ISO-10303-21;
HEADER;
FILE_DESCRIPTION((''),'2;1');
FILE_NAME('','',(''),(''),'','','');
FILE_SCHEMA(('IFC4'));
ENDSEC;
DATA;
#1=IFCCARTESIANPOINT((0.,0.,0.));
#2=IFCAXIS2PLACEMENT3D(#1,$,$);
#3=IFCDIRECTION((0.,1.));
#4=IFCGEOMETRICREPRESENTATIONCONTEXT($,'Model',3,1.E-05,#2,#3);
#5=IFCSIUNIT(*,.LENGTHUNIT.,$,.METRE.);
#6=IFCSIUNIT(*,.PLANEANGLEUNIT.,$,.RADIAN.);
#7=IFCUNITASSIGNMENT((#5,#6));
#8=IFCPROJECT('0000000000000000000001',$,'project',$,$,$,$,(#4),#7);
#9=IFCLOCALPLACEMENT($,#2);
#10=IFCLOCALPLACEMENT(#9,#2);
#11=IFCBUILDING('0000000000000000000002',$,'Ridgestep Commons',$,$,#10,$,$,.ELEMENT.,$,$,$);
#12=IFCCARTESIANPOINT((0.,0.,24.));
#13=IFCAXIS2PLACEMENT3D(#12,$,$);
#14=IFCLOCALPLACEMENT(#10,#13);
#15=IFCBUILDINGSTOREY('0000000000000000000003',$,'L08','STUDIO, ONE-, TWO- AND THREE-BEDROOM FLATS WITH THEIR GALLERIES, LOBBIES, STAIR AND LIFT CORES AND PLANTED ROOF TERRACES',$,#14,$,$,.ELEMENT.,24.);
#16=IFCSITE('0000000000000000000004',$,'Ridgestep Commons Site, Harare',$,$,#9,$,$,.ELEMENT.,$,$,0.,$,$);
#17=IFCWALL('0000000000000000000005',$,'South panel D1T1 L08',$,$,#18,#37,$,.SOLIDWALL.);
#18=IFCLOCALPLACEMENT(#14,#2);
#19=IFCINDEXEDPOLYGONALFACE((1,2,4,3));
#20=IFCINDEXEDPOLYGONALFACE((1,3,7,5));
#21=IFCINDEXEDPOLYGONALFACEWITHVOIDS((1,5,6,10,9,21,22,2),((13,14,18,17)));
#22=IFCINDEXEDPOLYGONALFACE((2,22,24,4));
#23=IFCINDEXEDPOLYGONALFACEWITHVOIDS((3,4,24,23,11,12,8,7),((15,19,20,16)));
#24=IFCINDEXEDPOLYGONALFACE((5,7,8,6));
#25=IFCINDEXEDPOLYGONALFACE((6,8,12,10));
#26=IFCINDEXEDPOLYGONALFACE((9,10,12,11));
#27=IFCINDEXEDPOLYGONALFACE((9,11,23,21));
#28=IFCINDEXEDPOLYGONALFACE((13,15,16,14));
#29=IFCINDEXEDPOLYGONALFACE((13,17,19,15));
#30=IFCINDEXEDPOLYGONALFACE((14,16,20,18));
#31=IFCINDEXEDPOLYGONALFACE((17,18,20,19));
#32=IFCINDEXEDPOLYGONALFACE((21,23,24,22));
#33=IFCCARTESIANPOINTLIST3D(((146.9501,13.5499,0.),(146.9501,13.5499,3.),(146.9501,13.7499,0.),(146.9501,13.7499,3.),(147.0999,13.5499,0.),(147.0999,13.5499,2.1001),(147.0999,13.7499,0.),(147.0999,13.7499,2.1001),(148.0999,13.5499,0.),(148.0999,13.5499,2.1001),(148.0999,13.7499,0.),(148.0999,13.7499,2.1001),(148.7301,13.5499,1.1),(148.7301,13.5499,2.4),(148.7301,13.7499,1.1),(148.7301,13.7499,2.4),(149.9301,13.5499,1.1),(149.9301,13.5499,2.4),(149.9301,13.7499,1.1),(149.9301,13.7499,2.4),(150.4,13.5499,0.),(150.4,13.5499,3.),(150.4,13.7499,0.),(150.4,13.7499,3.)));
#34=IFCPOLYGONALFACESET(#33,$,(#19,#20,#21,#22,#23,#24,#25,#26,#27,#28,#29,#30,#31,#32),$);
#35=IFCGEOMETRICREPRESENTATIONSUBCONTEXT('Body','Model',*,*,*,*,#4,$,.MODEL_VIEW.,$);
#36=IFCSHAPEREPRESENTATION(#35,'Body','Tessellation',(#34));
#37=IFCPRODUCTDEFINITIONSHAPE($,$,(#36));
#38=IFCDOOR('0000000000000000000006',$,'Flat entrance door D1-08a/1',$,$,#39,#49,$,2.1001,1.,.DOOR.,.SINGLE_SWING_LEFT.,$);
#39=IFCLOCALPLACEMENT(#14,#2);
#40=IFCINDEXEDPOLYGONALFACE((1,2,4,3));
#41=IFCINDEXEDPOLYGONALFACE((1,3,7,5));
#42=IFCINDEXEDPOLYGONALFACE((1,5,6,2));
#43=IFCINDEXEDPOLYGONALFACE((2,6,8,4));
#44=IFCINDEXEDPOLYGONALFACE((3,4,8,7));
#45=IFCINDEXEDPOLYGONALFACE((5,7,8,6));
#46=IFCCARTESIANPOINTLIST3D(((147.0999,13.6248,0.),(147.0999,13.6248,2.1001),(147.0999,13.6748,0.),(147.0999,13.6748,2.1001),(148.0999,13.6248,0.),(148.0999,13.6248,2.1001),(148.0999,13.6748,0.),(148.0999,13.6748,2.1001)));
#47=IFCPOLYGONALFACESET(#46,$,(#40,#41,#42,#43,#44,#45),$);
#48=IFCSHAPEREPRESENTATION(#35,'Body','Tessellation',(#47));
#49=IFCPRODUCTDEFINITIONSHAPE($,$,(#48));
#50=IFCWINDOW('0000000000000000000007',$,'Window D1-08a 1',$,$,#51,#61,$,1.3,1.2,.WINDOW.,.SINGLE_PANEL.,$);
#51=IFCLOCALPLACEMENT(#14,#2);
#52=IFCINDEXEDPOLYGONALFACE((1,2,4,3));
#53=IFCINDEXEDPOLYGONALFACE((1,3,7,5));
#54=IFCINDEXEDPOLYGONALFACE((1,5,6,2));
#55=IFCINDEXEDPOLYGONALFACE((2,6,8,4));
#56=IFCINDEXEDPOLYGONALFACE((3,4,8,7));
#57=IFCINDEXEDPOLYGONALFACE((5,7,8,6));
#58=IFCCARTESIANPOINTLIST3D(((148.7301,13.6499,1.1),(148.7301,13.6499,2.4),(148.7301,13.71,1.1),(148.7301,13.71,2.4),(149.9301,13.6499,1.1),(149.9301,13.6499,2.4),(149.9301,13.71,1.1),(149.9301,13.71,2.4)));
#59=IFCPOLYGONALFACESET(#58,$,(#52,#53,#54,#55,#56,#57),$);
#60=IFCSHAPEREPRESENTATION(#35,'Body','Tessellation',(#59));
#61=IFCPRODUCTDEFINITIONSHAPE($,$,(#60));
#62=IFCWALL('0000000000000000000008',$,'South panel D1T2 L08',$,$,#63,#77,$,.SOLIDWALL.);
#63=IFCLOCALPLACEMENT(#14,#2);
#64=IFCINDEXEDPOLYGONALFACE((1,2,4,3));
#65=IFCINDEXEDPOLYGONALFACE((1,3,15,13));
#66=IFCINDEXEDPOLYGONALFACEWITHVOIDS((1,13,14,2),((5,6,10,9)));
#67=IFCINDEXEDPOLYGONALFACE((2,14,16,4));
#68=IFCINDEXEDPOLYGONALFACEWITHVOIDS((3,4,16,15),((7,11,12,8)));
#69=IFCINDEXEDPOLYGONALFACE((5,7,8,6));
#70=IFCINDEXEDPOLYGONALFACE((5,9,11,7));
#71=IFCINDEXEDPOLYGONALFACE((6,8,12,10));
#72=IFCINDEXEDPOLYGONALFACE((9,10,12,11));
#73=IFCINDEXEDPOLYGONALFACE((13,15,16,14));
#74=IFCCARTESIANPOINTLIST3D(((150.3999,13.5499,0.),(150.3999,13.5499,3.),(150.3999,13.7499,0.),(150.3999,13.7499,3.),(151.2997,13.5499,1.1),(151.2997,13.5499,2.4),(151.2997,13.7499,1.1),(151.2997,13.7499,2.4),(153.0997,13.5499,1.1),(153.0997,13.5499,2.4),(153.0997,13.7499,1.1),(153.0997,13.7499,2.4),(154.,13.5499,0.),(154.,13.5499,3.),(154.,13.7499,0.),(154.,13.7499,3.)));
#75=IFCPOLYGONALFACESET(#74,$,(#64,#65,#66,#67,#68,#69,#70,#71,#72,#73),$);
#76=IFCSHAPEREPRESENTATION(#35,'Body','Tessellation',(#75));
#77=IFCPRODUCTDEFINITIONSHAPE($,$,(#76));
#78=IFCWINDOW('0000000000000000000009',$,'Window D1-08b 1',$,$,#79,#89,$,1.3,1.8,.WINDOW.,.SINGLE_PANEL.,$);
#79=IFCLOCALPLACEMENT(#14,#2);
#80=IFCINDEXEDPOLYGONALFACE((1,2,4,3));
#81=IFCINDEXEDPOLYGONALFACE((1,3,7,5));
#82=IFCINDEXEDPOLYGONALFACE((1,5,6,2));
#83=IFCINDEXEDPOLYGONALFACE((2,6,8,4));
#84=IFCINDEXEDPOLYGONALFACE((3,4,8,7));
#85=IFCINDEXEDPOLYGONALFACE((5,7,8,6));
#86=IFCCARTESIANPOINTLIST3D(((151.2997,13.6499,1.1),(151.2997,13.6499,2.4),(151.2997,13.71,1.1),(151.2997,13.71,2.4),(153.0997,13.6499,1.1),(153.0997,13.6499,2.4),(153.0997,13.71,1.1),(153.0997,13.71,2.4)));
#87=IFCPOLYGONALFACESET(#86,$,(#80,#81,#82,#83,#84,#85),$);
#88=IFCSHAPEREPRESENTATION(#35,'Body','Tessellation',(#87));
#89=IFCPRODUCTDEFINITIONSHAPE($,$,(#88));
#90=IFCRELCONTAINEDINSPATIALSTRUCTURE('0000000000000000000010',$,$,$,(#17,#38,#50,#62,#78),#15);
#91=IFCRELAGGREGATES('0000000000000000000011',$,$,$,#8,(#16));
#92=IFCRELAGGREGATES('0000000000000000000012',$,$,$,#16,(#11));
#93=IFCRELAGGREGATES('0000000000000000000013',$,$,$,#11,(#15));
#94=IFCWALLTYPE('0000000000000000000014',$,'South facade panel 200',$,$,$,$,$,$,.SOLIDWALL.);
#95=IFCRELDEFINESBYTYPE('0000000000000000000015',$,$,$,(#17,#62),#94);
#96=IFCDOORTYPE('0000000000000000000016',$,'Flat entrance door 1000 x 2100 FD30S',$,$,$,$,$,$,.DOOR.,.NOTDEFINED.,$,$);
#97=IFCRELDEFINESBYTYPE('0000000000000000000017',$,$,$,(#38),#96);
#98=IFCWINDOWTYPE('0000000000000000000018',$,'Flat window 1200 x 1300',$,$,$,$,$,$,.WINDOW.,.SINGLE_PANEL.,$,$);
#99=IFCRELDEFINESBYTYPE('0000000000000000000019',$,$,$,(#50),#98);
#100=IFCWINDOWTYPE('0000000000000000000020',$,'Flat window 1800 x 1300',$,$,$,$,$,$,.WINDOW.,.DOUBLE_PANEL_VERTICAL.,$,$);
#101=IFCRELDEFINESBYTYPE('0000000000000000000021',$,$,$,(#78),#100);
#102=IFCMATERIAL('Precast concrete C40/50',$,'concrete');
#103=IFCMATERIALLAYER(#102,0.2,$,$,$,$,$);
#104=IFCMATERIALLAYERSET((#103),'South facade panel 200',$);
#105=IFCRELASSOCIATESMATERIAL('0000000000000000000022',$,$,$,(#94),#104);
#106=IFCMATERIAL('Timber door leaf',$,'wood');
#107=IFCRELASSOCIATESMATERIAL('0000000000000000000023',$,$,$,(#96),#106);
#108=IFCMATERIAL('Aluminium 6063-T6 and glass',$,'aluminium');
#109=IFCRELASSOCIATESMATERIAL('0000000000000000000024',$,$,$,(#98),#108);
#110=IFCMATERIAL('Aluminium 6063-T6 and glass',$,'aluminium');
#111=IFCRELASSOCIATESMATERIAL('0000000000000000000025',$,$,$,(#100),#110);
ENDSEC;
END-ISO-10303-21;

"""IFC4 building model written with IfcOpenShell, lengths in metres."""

from ifc_helpers import new_model, si_unit, direction, frame, frame_2d, origin, place, context, subcontext, project, spatial, rectangle, extrude, material, layer, layer_set, type_object, element, fill, save


model = new_model("IFC4")

# Units and contexts
model_context = context("Model", 3, precision=1e-05, world=origin(), true_north=direction((0.0, 1.0)))
body_context = subcontext(model_context, "Body", "Model", "MODEL_VIEW")
ifc_project = project(units=[si_unit("LENGTHUNIT", "METRE"), si_unit("PLANEANGLEUNIT", "RADIAN")], contexts=[model_context])

# Site, building, storey
site_placement = place(None, origin())
site = spatial("IfcSite", under=ifc_project, at=site_placement, Name="Ridgestep Commons Site, Harare", CompositionType="ELEMENT", RefElevation=0.0)
building_placement = place(site_placement, origin())
building = spatial("IfcBuilding", under=site, at=building_placement, Name="Ridgestep Commons", CompositionType="ELEMENT")
storey_placement = place(building_placement, frame((0.0, 0.0, 24.0)))
storey = spatial("IfcBuildingStorey", under=building, at=storey_placement, Name="L08", Description="STUDIO, ONE-, TWO- AND THREE-BEDROOM FLATS WITH THEIR GALLERIES, LOBBIES, STAIR AND LIFT CORES AND PLANTED ROOF TERRACES", CompositionType="ELEMENT", Elevation=24.0)

# Wall, openings, door, window
ifc_material_1 = material(Name="Precast concrete C40/50", Category="concrete")
ifc_layer_1 = layer(ifc_material_1, 0.2)
ifc_layer_set_1 = layer_set([ifc_layer_1], Name="South facade panel 200")
wall_type_1 = type_object("IfcWallType", Name="South facade panel 200", PredefinedType="SOLIDWALL", material=ifc_layer_set_1)
wall_1_placement = place(storey_placement, frame((146.95, 13.6499, 0.0), z_axis=(0.0, 0.0, 1.0), x_axis=(1.0, 0.0, 0.0)))
wall_1 = element("IfcWall", 1, at=wall_1_placement, inside=storey, type_object=wall_type_1, Name="South panel D1T1 L08", PredefinedType="SOLIDWALL", context=body_context, shape_type="SweptSolid", body=[
    extrude(rectangle(XDim=3.45, YDim=0.2, at=frame_2d((1.7251, 0.0))), origin(), (0.0, 0.0, 1.0), 3.0),
])
opening_1_placement = place(wall_1_placement, frame((1.78, 0.0, 1.1001)))
opening_1 = element("IfcOpeningElement", 2, at=opening_1_placement, cuts=wall_1, PredefinedType="OPENING", context=body_context, shape_type="SweptSolid", body=[
    extrude(rectangle(XDim=1.2, YDim=1.3, at=frame_2d((0.6001, 0.6499))), frame((0.0, 0.1099, 0.0), z_axis=(0.0, -1.0, 0.0), x_axis=(1.0, 0.0, 0.0)), (0.0, 0.0, 1.0), 0.22),
])
opening_2_placement = place(wall_1_placement, frame((0.1499, 0.0, 0.0)))
opening_2 = element("IfcOpeningElement", 3, at=opening_2_placement, cuts=wall_1, PredefinedType="OPENING", context=body_context, shape_type="SweptSolid", body=[
    extrude(rectangle(XDim=1.0, YDim=2.1001, at=frame_2d((0.5, 1.05))), frame((0.0, 0.1099, 0.0), z_axis=(0.0, -1.0, 0.0), x_axis=(1.0, 0.0, 0.0)), (0.0, 0.0, 1.0), 0.22),
])
ifc_material_2 = material(Name="Timber door leaf", Category="wood")
door_type_1 = type_object("IfcDoorType", Name="Flat entrance door 1000 x 2100 FD30S", OperationType="NOTDEFINED", PredefinedType="DOOR", material=ifc_material_2)
door_1_placement = place(opening_2_placement, origin())
door_1 = element("IfcDoor", 4, at=door_1_placement, inside=storey, type_object=door_type_1, Name="Flat entrance door D1-08a/1", OperationType="SINGLE_SWING_LEFT", OverallHeight=2.1001, OverallWidth=1.0, PredefinedType="DOOR", context=body_context, shape_type="SweptSolid", body=[
    extrude(rectangle(XDim=1.0, YDim=2.1001, at=frame_2d((0.5, 1.05))), frame((0.0, 0.0249, 0.0), z_axis=(0.0, -1.0, 0.0), x_axis=(1.0, 0.0, 0.0)), (0.0, 0.0, 1.0), 0.05),
])
fill(opening_2, door_1)
ifc_material_3 = material(Name="Aluminium 6063-T6 and glass", Category="aluminium")
window_type_1 = type_object("IfcWindowType", Name="Flat window 1200 x 1300", PartitioningType="SINGLE_PANEL", PredefinedType="WINDOW", material=ifc_material_3)
window_1_placement = place(opening_1_placement, origin())
window_1 = element("IfcWindow", 5, at=window_1_placement, inside=storey, type_object=window_type_1, Name="Window D1-08a 1", OverallHeight=1.3, OverallWidth=1.2, PartitioningType="SINGLE_PANEL", PredefinedType="WINDOW", context=body_context, shape_type="SweptSolid", body=[
    extrude(rectangle(XDim=1.2, YDim=1.3, at=frame_2d((0.6001, 0.6499))), frame((0.0, 0.0601, 0.0), z_axis=(0.0, -1.0, 0.0), x_axis=(1.0, 0.0, 0.0)), (0.0, 0.0, 1.0), 0.0601),
])
fill(opening_1, window_1)

# Wall, opening, window
wall_2_placement = place(storey_placement, frame((150.3999, 13.6499, 0.0), z_axis=(0.0, 0.0, 1.0), x_axis=(1.0, 0.0, 0.0)))
wall_2 = element("IfcWall", 6, at=wall_2_placement, inside=storey, type_object=wall_type_1, Name="South panel D1T2 L08", PredefinedType="SOLIDWALL", context=body_context, shape_type="SweptSolid", body=[
    extrude(rectangle(XDim=3.6001, YDim=0.2, at=frame_2d((1.8, 0.0))), origin(), (0.0, 0.0, 1.0), 3.0),
])
opening_3_placement = place(wall_2_placement, frame((0.8999, 0.0, 1.1001)))
opening_3 = element("IfcOpeningElement", 7, at=opening_3_placement, cuts=wall_2, PredefinedType="OPENING", context=body_context, shape_type="SweptSolid", body=[
    extrude(rectangle(XDim=1.8, YDim=1.3, at=frame_2d((0.8999, 0.6499))), frame((0.0, 0.1099, 0.0), z_axis=(0.0, -1.0, 0.0), x_axis=(1.0, 0.0, 0.0)), (0.0, 0.0, 1.0), 0.22),
])
ifc_material_4 = material(Name="Aluminium 6063-T6 and glass", Category="aluminium")
window_type_2 = type_object("IfcWindowType", Name="Flat window 1800 x 1300", PartitioningType="DOUBLE_PANEL_VERTICAL", PredefinedType="WINDOW", material=ifc_material_4)
window_2_placement = place(opening_3_placement, origin())
window_2 = element("IfcWindow", 8, at=window_2_placement, inside=storey, type_object=window_type_2, Name="Window D1-08b 1", OverallHeight=1.3, OverallWidth=1.8, PartitioningType="SINGLE_PANEL", PredefinedType="WINDOW", context=body_context, shape_type="SweptSolid", body=[
    extrude(rectangle(XDim=1.8, YDim=1.3, at=frame_2d((0.8999, 0.6499))), frame((0.0, 0.0601, 0.0), z_axis=(0.0, -1.0, 0.0), x_axis=(1.0, 0.0, 0.0)), (0.0, 0.0, 1.0), 0.0601),
])
fill(opening_3, window_2)

save(model, "model.ifc")
